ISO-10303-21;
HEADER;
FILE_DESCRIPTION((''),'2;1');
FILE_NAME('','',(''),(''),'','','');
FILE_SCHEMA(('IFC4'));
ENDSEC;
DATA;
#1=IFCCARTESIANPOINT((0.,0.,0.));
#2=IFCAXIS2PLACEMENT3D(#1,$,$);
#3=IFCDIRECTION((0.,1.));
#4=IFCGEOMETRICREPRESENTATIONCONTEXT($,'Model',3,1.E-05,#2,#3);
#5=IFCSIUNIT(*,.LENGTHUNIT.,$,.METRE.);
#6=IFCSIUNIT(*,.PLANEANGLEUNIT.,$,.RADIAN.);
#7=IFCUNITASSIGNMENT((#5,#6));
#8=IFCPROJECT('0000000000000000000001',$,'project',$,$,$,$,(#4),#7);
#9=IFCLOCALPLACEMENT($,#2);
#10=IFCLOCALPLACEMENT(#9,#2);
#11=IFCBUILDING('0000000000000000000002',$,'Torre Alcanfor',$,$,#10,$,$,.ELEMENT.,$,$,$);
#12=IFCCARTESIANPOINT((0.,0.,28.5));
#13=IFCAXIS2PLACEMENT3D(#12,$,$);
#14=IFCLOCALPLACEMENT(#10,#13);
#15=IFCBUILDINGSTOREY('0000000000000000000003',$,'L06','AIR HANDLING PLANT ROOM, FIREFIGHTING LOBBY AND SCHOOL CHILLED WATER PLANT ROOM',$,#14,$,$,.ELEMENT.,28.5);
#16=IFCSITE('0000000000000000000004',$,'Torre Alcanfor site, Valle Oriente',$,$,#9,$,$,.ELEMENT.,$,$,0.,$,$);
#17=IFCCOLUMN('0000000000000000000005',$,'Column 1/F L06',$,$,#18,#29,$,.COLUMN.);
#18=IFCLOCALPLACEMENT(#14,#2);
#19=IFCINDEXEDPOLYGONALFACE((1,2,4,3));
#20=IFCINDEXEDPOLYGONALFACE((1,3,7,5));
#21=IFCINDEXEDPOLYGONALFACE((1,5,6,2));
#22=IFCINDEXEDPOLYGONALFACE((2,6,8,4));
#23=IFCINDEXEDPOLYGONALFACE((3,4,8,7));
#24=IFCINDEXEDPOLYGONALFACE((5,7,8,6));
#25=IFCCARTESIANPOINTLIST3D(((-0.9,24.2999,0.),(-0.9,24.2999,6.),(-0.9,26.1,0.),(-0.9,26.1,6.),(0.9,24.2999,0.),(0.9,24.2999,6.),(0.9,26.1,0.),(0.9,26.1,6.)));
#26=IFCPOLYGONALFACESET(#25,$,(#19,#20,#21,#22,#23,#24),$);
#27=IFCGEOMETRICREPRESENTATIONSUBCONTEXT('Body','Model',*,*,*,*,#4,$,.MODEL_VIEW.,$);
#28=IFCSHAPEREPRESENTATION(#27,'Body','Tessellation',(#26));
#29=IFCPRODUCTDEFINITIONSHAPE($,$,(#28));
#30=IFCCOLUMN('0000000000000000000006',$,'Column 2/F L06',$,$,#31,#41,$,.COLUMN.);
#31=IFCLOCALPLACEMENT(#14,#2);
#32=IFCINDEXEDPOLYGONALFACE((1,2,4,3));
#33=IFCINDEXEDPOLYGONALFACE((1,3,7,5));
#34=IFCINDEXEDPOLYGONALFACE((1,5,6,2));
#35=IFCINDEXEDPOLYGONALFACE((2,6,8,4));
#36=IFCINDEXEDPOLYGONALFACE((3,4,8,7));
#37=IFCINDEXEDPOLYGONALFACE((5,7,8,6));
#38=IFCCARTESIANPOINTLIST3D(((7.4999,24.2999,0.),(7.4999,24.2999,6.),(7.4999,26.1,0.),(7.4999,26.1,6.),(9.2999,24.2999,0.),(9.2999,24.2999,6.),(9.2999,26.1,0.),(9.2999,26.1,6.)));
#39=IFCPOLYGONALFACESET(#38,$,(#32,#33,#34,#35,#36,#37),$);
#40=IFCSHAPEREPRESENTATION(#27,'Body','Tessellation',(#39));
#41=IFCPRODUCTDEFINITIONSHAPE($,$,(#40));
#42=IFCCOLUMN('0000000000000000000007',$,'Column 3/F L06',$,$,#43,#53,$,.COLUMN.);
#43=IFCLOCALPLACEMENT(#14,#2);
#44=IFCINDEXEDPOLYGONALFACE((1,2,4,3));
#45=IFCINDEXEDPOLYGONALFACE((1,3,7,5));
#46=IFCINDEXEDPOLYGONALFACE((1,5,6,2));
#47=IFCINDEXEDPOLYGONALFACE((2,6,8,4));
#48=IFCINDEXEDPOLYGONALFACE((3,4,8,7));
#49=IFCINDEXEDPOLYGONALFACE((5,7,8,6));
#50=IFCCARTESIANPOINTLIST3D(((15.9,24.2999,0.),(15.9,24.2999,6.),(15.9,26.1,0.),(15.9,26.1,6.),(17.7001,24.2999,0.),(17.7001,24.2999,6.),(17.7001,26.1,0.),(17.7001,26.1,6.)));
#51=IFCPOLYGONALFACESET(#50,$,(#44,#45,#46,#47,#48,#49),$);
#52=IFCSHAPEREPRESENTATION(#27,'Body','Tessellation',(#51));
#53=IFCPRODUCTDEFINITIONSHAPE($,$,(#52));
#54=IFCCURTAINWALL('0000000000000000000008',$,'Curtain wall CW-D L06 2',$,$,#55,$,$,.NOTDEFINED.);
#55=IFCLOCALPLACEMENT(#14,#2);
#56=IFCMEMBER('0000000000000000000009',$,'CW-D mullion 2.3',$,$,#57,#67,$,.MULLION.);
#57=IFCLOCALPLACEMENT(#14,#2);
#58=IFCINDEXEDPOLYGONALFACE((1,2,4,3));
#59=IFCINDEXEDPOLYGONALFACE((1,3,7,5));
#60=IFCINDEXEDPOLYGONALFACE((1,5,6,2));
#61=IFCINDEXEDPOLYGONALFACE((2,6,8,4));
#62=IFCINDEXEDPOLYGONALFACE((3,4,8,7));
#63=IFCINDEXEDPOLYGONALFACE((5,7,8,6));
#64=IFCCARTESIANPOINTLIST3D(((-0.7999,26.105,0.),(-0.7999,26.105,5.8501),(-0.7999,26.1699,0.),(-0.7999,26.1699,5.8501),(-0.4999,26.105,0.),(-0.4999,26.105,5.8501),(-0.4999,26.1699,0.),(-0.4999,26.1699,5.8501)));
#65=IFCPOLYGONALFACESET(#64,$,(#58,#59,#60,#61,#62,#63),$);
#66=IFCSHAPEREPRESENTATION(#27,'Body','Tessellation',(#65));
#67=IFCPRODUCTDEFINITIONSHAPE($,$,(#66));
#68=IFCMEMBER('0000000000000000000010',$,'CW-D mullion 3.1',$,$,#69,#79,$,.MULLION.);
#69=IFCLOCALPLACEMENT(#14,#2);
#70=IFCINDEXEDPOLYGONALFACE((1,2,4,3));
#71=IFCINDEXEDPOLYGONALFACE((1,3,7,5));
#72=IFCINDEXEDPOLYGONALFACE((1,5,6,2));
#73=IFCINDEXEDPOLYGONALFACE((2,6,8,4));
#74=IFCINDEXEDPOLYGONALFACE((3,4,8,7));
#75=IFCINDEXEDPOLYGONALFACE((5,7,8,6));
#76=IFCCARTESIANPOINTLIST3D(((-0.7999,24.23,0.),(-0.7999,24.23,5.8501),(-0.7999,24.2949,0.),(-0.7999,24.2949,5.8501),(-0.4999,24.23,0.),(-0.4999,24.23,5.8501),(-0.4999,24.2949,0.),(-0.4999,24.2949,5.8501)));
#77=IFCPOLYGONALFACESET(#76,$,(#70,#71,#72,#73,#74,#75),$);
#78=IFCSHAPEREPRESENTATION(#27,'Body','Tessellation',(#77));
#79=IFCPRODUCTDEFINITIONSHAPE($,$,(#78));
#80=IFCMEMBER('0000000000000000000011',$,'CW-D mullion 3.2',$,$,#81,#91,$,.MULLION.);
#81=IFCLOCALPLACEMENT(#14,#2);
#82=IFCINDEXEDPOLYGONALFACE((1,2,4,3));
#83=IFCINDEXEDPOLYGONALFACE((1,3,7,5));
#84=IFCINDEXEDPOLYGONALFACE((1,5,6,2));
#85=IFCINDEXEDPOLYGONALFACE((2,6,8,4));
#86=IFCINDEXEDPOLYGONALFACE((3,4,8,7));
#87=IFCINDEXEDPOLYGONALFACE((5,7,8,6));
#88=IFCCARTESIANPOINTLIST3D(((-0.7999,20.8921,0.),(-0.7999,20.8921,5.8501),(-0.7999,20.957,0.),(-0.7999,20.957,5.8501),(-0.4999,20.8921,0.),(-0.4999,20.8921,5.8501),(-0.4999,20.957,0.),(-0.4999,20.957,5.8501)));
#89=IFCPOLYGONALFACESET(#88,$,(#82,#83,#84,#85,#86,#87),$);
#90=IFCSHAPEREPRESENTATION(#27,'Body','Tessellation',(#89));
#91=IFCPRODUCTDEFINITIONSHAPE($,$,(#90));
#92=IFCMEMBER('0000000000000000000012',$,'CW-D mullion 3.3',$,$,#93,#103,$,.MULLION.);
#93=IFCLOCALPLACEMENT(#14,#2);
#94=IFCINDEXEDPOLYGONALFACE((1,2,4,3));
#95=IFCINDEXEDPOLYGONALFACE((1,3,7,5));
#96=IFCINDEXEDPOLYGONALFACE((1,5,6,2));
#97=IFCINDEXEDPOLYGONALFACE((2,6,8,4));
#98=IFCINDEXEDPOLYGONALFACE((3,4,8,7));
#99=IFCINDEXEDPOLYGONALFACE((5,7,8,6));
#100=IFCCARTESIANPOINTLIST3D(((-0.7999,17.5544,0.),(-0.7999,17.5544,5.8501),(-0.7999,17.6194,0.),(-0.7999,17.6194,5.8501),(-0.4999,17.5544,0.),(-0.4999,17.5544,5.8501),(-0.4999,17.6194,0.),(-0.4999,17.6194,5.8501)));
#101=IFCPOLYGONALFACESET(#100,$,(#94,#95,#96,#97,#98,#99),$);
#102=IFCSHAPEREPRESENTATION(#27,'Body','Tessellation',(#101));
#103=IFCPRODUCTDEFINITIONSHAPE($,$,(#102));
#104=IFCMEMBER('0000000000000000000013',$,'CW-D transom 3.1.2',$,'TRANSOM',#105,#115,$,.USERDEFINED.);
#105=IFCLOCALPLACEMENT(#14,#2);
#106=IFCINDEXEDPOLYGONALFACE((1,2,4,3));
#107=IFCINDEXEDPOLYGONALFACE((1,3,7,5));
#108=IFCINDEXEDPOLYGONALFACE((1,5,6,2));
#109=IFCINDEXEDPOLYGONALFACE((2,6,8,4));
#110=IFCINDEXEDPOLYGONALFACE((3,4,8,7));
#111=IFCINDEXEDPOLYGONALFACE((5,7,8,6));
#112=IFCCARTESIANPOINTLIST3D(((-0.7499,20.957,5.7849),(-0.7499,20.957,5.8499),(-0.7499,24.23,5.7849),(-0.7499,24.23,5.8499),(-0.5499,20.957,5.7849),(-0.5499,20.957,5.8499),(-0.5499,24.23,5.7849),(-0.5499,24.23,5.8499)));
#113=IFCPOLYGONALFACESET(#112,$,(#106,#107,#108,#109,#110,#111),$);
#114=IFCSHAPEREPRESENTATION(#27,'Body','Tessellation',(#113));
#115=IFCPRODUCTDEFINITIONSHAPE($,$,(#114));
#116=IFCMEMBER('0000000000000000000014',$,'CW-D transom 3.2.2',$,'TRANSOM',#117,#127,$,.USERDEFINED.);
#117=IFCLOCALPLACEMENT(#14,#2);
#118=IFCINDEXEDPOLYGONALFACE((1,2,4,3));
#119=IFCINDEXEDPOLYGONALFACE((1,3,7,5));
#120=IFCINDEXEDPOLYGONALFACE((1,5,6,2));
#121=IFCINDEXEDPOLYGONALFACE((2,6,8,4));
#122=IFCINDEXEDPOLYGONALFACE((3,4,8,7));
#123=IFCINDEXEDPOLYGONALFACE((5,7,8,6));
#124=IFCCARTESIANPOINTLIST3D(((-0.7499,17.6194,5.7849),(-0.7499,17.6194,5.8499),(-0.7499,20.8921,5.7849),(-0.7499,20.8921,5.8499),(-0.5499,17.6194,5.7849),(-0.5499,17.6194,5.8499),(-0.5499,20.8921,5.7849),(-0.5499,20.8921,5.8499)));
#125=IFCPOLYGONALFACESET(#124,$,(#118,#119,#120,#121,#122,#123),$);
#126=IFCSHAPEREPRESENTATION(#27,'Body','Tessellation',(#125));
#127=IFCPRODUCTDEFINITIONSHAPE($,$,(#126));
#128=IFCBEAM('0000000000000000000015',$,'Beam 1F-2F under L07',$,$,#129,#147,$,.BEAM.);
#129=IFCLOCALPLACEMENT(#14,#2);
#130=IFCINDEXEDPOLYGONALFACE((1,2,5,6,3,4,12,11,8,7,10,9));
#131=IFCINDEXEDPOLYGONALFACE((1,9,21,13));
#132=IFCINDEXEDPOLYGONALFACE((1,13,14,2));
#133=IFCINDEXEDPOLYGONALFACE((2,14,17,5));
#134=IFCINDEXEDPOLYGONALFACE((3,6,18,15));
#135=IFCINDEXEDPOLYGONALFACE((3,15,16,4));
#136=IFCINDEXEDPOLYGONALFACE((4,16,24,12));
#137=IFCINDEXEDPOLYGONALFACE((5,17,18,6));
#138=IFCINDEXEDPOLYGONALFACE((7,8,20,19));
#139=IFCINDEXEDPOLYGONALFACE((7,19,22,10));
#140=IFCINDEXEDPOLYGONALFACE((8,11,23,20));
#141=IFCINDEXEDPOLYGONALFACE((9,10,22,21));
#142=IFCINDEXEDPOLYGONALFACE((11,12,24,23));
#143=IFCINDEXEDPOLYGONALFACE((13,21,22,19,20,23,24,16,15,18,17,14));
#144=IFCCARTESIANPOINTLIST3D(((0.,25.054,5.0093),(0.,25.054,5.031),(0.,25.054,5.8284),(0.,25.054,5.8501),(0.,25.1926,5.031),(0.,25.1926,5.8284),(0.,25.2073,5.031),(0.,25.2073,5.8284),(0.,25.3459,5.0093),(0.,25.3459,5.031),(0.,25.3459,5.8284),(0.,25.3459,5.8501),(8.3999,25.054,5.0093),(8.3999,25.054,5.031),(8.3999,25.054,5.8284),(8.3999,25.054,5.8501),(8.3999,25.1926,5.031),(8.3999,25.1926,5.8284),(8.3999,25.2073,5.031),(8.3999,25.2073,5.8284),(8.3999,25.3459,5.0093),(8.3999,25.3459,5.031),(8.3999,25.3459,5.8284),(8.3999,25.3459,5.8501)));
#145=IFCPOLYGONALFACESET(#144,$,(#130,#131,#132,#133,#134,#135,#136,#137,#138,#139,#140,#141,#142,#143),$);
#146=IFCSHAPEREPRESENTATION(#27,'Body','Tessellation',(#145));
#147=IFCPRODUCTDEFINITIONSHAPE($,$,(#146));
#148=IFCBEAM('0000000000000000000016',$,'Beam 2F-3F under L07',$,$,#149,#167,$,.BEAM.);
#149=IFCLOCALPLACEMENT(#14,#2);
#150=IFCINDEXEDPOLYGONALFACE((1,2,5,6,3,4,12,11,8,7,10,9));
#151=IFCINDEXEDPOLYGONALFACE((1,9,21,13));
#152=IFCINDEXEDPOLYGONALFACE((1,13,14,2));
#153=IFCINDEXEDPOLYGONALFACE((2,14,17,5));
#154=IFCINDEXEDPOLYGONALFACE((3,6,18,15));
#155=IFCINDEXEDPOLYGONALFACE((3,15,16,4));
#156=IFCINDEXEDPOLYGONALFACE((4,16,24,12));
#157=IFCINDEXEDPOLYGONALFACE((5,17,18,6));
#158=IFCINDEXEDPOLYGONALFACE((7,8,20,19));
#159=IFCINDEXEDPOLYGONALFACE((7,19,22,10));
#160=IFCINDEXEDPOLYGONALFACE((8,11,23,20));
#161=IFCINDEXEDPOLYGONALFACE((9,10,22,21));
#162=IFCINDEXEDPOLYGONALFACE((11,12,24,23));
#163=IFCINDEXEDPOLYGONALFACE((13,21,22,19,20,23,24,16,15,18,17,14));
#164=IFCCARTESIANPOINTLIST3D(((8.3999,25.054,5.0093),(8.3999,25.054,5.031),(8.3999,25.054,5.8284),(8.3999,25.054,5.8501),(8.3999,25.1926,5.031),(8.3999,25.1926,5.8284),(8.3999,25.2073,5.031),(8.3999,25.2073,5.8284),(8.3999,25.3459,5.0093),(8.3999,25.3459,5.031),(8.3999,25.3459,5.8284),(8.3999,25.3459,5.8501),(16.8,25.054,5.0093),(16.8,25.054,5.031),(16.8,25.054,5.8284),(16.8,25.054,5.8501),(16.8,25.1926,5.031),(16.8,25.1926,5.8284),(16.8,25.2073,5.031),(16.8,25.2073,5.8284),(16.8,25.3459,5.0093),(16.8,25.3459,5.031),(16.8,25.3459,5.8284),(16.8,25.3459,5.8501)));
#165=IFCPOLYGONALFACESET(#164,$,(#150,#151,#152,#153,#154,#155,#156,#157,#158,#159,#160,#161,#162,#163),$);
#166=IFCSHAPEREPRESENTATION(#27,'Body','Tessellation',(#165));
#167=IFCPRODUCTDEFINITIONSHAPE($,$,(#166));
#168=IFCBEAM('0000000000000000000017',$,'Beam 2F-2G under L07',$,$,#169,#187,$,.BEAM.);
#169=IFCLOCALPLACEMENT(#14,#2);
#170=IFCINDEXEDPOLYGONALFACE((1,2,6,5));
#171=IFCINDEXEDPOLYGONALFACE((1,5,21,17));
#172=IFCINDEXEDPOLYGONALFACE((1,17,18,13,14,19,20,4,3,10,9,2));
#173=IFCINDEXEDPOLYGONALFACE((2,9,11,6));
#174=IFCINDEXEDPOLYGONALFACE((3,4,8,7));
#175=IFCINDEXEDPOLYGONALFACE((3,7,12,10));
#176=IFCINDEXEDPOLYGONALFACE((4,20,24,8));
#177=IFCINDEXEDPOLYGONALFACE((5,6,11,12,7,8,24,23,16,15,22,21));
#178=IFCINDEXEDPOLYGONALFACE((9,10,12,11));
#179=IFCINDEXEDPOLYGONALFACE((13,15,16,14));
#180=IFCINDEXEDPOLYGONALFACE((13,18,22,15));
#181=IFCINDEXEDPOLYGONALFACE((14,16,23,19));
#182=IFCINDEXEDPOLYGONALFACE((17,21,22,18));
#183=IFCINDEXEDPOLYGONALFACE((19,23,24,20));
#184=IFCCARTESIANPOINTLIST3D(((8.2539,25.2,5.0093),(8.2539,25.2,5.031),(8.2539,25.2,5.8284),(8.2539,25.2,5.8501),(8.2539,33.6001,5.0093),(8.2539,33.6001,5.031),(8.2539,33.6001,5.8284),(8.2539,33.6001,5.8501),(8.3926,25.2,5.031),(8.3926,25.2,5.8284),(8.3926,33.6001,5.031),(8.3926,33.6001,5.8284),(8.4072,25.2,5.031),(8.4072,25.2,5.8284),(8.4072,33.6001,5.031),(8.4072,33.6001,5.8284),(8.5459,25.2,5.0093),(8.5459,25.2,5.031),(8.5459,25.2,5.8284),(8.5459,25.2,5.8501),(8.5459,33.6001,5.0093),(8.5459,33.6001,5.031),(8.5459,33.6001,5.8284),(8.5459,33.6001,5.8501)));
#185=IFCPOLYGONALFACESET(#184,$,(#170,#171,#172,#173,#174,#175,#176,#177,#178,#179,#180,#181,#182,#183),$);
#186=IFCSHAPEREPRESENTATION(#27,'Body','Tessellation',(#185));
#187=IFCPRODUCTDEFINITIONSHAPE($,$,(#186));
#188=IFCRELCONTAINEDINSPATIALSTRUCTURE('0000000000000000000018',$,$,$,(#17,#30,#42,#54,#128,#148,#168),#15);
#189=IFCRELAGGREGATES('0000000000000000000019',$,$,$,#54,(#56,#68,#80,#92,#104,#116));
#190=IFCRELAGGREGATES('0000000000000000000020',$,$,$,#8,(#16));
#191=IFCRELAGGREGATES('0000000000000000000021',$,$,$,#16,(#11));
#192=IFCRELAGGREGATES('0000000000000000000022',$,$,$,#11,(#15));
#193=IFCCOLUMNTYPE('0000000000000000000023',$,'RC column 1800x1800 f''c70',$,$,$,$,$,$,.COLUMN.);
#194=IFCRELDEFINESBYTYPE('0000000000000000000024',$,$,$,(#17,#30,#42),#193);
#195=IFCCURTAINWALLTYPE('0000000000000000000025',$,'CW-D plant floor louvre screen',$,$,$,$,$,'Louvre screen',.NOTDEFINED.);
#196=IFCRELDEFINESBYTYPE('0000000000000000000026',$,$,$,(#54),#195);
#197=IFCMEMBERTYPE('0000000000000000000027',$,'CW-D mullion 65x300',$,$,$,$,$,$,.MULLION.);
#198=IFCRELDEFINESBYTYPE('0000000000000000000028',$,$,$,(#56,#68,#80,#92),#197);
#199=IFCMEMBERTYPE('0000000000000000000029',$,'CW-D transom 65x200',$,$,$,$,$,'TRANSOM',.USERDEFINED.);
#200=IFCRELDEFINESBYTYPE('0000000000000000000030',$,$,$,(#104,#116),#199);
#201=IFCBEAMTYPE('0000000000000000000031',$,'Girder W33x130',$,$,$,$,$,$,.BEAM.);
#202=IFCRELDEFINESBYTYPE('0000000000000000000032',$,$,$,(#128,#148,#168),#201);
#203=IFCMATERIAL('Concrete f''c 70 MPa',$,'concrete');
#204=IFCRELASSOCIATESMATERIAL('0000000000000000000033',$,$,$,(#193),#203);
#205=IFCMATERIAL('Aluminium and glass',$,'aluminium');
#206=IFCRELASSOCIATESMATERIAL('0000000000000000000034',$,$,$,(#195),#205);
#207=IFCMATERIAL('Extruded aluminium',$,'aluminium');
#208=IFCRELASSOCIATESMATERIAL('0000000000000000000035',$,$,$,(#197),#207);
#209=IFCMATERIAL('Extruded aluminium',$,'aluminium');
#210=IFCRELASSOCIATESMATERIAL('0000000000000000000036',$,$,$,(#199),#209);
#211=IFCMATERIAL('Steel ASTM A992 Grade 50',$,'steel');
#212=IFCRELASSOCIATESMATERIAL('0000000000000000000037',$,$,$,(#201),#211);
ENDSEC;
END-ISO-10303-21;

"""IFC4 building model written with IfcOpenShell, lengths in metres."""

from ifc_helpers import new_model, si_unit, direction, frame, origin, origin_2d, place, context, subcontext, project, spatial, rectangle, i_section, extrude, material, material_profile, profile_set, type_object, element, aggregate, save


model = new_model("IFC4")

# Units and contexts
model_context = context("Model", 3, precision=1e-05, world=origin(), true_north=direction((0.0, 1.0)))
body_context = subcontext(model_context, "Body", "Model", "MODEL_VIEW")
ifc_project = project(units=[si_unit("LENGTHUNIT", "METRE"), si_unit("PLANEANGLEUNIT", "RADIAN")], contexts=[model_context])

# Site, building, storey
site_placement = place(None, origin())
site = spatial("IfcSite", under=ifc_project, at=site_placement, Name="Torre Alcanfor site, Valle Oriente", CompositionType="ELEMENT", RefElevation=0.0)
building_placement = place(site_placement, origin())
building = spatial("IfcBuilding", under=site, at=building_placement, Name="Torre Alcanfor", CompositionType="ELEMENT")
storey_placement = place(building_placement, frame((0.0, 0.0, 28.5)))
storey = spatial("IfcBuildingStorey", under=building, at=storey_placement, Name="L06", Description="AIR HANDLING PLANT ROOM, FIREFIGHTING LOBBY AND SCHOOL CHILLED WATER PLANT ROOM", CompositionType="ELEMENT", Elevation=28.5)

# Columns
ifc_material_1 = material(Name="Concrete f'c 70 MPa", Category="concrete")
ifc_material_profile_1 = material_profile(ifc_material_1, rectangle(XDim=1.8, YDim=1.8, at=origin_2d()), Name="1800x1800")
ifc_profile_set_1 = profile_set([ifc_material_profile_1], Name="Concrete f'c 70 MPa")
column_type = type_object("IfcColumnType", Name="RC column 1800x1800 f'c70", PredefinedType="COLUMN", material=ifc_profile_set_1)
for number, where, z_axis, x_axis, name in (
    (1, (0.0, 25.2, 0.0), (0.0, 0.0, 1.0), (1.0, 0.0, 0.0), "Column 1/F L06"),
    (2, (8.3999, 25.2, 0.0), (0.0, 0.0, 1.0), (1.0, 0.0, 0.0), "Column 2/F L06"),
    (3, (16.8, 25.2, 0.0), (0.0, 0.0, 1.0), (1.0, 0.0, 0.0), "Column 3/F L06"),
):
    element("IfcColumn", number, at=place(storey_placement, frame(where, z_axis=z_axis, x_axis=x_axis)), inside=storey, type_object=column_type, Name=name, PredefinedType="COLUMN", context=body_context, shape_type="SweptSolid", body=[
        extrude(rectangle(XDim=1.8, YDim=1.8, at=origin_2d()), origin(), (0.0, 0.0, 1.0), 6.0),
    ])

# Curtain wall, members
ifc_material_2 = material(Name="Aluminium and glass", Category="aluminium")
curtain_wall_type = type_object("IfcCurtainWallType", Name="CW-D plant floor louvre screen", ElementType="Louvre screen", PredefinedType="NOTDEFINED", material=ifc_material_2)
curtain_wall_placement = place(storey_placement, origin())
curtain_wall = element("IfcCurtainWall", 4, at=curtain_wall_placement, inside=storey, type_object=curtain_wall_type, Name="Curtain wall CW-D L06 2", PredefinedType="NOTDEFINED")
ifc_material_3 = material(Name="Extruded aluminium", Category="aluminium")
ifc_material_profile_2 = material_profile(ifc_material_3, rectangle(XDim=0.3, YDim=0.0649, at=origin_2d()), Name="CW-D mullion 65x300")
ifc_profile_set_2 = profile_set([ifc_material_profile_2], Name="Extruded aluminium")
member_type_1 = type_object("IfcMemberType", Name="CW-D mullion 65x300", PredefinedType="MULLION", material=ifc_profile_set_2)
member_1_placement = place(storey_placement, frame((-0.6499, 26.1375, 0.0), z_axis=(0.0, 0.0, 1.0), x_axis=(1.0, 0.0, 0.0)))
member_1 = element("IfcMember", 5, at=member_1_placement, type_object=member_type_1, Name="CW-D mullion 2.3", PredefinedType="MULLION", context=body_context, shape_type="SweptSolid", body=[
    extrude(rectangle(XDim=0.3, YDim=0.0649, at=origin_2d()), origin(), (0.0, 0.0, 1.0), 5.8501),
])
member_2_placement = place(storey_placement, frame((-0.6499, 24.2625, 0.0), z_axis=(0.0, 0.0, 1.0), x_axis=(1.0, 0.0, 0.0)))
member_2 = element("IfcMember", 6, at=member_2_placement, type_object=member_type_1, Name="CW-D mullion 3.1", PredefinedType="MULLION", context=body_context, shape_type="SweptSolid", body=[
    extrude(rectangle(XDim=0.3, YDim=0.0649, at=origin_2d()), origin(), (0.0, 0.0, 1.0), 5.8501),
])
member_3_placement = place(storey_placement, frame((-0.6499, 20.9246, 0.0), z_axis=(0.0, 0.0, 1.0), x_axis=(1.0, 0.0, 0.0)))
member_3 = element("IfcMember", 7, at=member_3_placement, type_object=member_type_1, Name="CW-D mullion 3.2", PredefinedType="MULLION", context=body_context, shape_type="SweptSolid", body=[
    extrude(rectangle(XDim=0.3, YDim=0.0649, at=origin_2d()), origin(), (0.0, 0.0, 1.0), 5.8501),
])
member_4_placement = place(storey_placement, frame((-0.6499, 17.5869, 0.0), z_axis=(0.0, 0.0, 1.0), x_axis=(1.0, 0.0, 0.0)))
member_4 = element("IfcMember", 8, at=member_4_placement, type_object=member_type_1, Name="CW-D mullion 3.3", PredefinedType="MULLION", context=body_context, shape_type="SweptSolid", body=[
    extrude(rectangle(XDim=0.3, YDim=0.0649, at=origin_2d()), origin(), (0.0, 0.0, 1.0), 5.8501),
])
ifc_material_4 = material(Name="Extruded aluminium", Category="aluminium")
ifc_material_profile_3 = material_profile(ifc_material_4, rectangle(XDim=0.2, YDim=0.0649, at=origin_2d()), Name="CW-D transom 200x65")
ifc_profile_set_3 = profile_set([ifc_material_profile_3], Name="Extruded aluminium")
member_type_2 = type_object("IfcMemberType", Name="CW-D transom 65x200", ElementType="TRANSOM", PredefinedType="USERDEFINED", material=ifc_profile_set_3)
member_5_placement = place(storey_placement, frame((-0.6499, 24.23, 5.8174), z_axis=(0.0, -1.0, 0.0), x_axis=(1.0, 0.0, 0.0)))
member_5 = element("IfcMember", 9, at=member_5_placement, type_object=member_type_2, Name="CW-D transom 3.1.2", ObjectType="TRANSOM", PredefinedType="USERDEFINED", context=body_context, shape_type="SweptSolid", body=[
    extrude(rectangle(XDim=0.2, YDim=0.0649, at=origin_2d()), origin(), (0.0, 0.0, 1.0), 3.2729),
])
member_6_placement = place(storey_placement, frame((-0.6499, 20.8921, 5.8174), z_axis=(0.0, -1.0, 0.0), x_axis=(1.0, 0.0, 0.0)))
member_6 = element("IfcMember", 10, at=member_6_placement, type_object=member_type_2, Name="CW-D transom 3.2.2", ObjectType="TRANSOM", PredefinedType="USERDEFINED", context=body_context, shape_type="SweptSolid", body=[
    extrude(rectangle(XDim=0.2, YDim=0.0649, at=origin_2d()), origin(), (0.0, 0.0, 1.0), 3.2727),
])

# Beams
ifc_material_5 = material(Name="Steel ASTM A992 Grade 50", Category="steel")
ifc_material_profile_4 = material_profile(ifc_material_5, i_section(OverallWidth=0.292, OverallDepth=0.8408, WebThickness=0.0146, FlangeThickness=0.0217, at=origin_2d()), Name="W33x130")
ifc_profile_set_4 = profile_set([ifc_material_profile_4], Name="Steel ASTM A992 Grade 50")
beam_type_1 = type_object("IfcBeamType", Name="Girder W33x130", PredefinedType="BEAM", material=ifc_profile_set_4)
beam_1_placement = place(storey_placement, frame((0.0, 25.2, 5.4297), z_axis=(1.0, 0.0, 0.0), x_axis=(0.0, 1.0, 0.0)))
element("IfcBeam", 11, at=beam_1_placement, inside=storey, type_object=beam_type_1, Name="Beam 1F-2F under L07", PredefinedType="BEAM", context=body_context, shape_type="SweptSolid", body=[
    extrude(i_section(OverallWidth=0.292, OverallDepth=0.8408, WebThickness=0.0146, FlangeThickness=0.0217, at=origin_2d()), origin(), (0.0, 0.0, 1.0), 8.3999),
])
for number, where, z_axis, x_axis, name in (
    (12, (8.3999, 25.2, 5.4297), (1.0, 0.0, 0.0), (0.0, 1.0, 0.0), "Beam 2F-3F under L07"),
    (13, (8.3999, 25.2, 5.4297), (0.0, 1.0, 0.0), (-1.0, 0.0, 0.0), "Beam 2F-2G under L07"),
):
    element("IfcBeam", number, at=place(storey_placement, frame(where, z_axis=z_axis, x_axis=x_axis)), inside=storey, type_object=beam_type_1, Name=name, PredefinedType="BEAM", context=body_context, shape_type="SweptSolid", body=[
        extrude(i_section(OverallWidth=0.292, OverallDepth=0.8408, WebThickness=0.0146, FlangeThickness=0.0217, at=origin_2d()), origin(), (0.0, 0.0, 1.0), 8.4001),
    ])

aggregate(curtain_wall, [member_1, member_2, member_3, member_4, member_5, member_6])

save(model, "model.ifc")
